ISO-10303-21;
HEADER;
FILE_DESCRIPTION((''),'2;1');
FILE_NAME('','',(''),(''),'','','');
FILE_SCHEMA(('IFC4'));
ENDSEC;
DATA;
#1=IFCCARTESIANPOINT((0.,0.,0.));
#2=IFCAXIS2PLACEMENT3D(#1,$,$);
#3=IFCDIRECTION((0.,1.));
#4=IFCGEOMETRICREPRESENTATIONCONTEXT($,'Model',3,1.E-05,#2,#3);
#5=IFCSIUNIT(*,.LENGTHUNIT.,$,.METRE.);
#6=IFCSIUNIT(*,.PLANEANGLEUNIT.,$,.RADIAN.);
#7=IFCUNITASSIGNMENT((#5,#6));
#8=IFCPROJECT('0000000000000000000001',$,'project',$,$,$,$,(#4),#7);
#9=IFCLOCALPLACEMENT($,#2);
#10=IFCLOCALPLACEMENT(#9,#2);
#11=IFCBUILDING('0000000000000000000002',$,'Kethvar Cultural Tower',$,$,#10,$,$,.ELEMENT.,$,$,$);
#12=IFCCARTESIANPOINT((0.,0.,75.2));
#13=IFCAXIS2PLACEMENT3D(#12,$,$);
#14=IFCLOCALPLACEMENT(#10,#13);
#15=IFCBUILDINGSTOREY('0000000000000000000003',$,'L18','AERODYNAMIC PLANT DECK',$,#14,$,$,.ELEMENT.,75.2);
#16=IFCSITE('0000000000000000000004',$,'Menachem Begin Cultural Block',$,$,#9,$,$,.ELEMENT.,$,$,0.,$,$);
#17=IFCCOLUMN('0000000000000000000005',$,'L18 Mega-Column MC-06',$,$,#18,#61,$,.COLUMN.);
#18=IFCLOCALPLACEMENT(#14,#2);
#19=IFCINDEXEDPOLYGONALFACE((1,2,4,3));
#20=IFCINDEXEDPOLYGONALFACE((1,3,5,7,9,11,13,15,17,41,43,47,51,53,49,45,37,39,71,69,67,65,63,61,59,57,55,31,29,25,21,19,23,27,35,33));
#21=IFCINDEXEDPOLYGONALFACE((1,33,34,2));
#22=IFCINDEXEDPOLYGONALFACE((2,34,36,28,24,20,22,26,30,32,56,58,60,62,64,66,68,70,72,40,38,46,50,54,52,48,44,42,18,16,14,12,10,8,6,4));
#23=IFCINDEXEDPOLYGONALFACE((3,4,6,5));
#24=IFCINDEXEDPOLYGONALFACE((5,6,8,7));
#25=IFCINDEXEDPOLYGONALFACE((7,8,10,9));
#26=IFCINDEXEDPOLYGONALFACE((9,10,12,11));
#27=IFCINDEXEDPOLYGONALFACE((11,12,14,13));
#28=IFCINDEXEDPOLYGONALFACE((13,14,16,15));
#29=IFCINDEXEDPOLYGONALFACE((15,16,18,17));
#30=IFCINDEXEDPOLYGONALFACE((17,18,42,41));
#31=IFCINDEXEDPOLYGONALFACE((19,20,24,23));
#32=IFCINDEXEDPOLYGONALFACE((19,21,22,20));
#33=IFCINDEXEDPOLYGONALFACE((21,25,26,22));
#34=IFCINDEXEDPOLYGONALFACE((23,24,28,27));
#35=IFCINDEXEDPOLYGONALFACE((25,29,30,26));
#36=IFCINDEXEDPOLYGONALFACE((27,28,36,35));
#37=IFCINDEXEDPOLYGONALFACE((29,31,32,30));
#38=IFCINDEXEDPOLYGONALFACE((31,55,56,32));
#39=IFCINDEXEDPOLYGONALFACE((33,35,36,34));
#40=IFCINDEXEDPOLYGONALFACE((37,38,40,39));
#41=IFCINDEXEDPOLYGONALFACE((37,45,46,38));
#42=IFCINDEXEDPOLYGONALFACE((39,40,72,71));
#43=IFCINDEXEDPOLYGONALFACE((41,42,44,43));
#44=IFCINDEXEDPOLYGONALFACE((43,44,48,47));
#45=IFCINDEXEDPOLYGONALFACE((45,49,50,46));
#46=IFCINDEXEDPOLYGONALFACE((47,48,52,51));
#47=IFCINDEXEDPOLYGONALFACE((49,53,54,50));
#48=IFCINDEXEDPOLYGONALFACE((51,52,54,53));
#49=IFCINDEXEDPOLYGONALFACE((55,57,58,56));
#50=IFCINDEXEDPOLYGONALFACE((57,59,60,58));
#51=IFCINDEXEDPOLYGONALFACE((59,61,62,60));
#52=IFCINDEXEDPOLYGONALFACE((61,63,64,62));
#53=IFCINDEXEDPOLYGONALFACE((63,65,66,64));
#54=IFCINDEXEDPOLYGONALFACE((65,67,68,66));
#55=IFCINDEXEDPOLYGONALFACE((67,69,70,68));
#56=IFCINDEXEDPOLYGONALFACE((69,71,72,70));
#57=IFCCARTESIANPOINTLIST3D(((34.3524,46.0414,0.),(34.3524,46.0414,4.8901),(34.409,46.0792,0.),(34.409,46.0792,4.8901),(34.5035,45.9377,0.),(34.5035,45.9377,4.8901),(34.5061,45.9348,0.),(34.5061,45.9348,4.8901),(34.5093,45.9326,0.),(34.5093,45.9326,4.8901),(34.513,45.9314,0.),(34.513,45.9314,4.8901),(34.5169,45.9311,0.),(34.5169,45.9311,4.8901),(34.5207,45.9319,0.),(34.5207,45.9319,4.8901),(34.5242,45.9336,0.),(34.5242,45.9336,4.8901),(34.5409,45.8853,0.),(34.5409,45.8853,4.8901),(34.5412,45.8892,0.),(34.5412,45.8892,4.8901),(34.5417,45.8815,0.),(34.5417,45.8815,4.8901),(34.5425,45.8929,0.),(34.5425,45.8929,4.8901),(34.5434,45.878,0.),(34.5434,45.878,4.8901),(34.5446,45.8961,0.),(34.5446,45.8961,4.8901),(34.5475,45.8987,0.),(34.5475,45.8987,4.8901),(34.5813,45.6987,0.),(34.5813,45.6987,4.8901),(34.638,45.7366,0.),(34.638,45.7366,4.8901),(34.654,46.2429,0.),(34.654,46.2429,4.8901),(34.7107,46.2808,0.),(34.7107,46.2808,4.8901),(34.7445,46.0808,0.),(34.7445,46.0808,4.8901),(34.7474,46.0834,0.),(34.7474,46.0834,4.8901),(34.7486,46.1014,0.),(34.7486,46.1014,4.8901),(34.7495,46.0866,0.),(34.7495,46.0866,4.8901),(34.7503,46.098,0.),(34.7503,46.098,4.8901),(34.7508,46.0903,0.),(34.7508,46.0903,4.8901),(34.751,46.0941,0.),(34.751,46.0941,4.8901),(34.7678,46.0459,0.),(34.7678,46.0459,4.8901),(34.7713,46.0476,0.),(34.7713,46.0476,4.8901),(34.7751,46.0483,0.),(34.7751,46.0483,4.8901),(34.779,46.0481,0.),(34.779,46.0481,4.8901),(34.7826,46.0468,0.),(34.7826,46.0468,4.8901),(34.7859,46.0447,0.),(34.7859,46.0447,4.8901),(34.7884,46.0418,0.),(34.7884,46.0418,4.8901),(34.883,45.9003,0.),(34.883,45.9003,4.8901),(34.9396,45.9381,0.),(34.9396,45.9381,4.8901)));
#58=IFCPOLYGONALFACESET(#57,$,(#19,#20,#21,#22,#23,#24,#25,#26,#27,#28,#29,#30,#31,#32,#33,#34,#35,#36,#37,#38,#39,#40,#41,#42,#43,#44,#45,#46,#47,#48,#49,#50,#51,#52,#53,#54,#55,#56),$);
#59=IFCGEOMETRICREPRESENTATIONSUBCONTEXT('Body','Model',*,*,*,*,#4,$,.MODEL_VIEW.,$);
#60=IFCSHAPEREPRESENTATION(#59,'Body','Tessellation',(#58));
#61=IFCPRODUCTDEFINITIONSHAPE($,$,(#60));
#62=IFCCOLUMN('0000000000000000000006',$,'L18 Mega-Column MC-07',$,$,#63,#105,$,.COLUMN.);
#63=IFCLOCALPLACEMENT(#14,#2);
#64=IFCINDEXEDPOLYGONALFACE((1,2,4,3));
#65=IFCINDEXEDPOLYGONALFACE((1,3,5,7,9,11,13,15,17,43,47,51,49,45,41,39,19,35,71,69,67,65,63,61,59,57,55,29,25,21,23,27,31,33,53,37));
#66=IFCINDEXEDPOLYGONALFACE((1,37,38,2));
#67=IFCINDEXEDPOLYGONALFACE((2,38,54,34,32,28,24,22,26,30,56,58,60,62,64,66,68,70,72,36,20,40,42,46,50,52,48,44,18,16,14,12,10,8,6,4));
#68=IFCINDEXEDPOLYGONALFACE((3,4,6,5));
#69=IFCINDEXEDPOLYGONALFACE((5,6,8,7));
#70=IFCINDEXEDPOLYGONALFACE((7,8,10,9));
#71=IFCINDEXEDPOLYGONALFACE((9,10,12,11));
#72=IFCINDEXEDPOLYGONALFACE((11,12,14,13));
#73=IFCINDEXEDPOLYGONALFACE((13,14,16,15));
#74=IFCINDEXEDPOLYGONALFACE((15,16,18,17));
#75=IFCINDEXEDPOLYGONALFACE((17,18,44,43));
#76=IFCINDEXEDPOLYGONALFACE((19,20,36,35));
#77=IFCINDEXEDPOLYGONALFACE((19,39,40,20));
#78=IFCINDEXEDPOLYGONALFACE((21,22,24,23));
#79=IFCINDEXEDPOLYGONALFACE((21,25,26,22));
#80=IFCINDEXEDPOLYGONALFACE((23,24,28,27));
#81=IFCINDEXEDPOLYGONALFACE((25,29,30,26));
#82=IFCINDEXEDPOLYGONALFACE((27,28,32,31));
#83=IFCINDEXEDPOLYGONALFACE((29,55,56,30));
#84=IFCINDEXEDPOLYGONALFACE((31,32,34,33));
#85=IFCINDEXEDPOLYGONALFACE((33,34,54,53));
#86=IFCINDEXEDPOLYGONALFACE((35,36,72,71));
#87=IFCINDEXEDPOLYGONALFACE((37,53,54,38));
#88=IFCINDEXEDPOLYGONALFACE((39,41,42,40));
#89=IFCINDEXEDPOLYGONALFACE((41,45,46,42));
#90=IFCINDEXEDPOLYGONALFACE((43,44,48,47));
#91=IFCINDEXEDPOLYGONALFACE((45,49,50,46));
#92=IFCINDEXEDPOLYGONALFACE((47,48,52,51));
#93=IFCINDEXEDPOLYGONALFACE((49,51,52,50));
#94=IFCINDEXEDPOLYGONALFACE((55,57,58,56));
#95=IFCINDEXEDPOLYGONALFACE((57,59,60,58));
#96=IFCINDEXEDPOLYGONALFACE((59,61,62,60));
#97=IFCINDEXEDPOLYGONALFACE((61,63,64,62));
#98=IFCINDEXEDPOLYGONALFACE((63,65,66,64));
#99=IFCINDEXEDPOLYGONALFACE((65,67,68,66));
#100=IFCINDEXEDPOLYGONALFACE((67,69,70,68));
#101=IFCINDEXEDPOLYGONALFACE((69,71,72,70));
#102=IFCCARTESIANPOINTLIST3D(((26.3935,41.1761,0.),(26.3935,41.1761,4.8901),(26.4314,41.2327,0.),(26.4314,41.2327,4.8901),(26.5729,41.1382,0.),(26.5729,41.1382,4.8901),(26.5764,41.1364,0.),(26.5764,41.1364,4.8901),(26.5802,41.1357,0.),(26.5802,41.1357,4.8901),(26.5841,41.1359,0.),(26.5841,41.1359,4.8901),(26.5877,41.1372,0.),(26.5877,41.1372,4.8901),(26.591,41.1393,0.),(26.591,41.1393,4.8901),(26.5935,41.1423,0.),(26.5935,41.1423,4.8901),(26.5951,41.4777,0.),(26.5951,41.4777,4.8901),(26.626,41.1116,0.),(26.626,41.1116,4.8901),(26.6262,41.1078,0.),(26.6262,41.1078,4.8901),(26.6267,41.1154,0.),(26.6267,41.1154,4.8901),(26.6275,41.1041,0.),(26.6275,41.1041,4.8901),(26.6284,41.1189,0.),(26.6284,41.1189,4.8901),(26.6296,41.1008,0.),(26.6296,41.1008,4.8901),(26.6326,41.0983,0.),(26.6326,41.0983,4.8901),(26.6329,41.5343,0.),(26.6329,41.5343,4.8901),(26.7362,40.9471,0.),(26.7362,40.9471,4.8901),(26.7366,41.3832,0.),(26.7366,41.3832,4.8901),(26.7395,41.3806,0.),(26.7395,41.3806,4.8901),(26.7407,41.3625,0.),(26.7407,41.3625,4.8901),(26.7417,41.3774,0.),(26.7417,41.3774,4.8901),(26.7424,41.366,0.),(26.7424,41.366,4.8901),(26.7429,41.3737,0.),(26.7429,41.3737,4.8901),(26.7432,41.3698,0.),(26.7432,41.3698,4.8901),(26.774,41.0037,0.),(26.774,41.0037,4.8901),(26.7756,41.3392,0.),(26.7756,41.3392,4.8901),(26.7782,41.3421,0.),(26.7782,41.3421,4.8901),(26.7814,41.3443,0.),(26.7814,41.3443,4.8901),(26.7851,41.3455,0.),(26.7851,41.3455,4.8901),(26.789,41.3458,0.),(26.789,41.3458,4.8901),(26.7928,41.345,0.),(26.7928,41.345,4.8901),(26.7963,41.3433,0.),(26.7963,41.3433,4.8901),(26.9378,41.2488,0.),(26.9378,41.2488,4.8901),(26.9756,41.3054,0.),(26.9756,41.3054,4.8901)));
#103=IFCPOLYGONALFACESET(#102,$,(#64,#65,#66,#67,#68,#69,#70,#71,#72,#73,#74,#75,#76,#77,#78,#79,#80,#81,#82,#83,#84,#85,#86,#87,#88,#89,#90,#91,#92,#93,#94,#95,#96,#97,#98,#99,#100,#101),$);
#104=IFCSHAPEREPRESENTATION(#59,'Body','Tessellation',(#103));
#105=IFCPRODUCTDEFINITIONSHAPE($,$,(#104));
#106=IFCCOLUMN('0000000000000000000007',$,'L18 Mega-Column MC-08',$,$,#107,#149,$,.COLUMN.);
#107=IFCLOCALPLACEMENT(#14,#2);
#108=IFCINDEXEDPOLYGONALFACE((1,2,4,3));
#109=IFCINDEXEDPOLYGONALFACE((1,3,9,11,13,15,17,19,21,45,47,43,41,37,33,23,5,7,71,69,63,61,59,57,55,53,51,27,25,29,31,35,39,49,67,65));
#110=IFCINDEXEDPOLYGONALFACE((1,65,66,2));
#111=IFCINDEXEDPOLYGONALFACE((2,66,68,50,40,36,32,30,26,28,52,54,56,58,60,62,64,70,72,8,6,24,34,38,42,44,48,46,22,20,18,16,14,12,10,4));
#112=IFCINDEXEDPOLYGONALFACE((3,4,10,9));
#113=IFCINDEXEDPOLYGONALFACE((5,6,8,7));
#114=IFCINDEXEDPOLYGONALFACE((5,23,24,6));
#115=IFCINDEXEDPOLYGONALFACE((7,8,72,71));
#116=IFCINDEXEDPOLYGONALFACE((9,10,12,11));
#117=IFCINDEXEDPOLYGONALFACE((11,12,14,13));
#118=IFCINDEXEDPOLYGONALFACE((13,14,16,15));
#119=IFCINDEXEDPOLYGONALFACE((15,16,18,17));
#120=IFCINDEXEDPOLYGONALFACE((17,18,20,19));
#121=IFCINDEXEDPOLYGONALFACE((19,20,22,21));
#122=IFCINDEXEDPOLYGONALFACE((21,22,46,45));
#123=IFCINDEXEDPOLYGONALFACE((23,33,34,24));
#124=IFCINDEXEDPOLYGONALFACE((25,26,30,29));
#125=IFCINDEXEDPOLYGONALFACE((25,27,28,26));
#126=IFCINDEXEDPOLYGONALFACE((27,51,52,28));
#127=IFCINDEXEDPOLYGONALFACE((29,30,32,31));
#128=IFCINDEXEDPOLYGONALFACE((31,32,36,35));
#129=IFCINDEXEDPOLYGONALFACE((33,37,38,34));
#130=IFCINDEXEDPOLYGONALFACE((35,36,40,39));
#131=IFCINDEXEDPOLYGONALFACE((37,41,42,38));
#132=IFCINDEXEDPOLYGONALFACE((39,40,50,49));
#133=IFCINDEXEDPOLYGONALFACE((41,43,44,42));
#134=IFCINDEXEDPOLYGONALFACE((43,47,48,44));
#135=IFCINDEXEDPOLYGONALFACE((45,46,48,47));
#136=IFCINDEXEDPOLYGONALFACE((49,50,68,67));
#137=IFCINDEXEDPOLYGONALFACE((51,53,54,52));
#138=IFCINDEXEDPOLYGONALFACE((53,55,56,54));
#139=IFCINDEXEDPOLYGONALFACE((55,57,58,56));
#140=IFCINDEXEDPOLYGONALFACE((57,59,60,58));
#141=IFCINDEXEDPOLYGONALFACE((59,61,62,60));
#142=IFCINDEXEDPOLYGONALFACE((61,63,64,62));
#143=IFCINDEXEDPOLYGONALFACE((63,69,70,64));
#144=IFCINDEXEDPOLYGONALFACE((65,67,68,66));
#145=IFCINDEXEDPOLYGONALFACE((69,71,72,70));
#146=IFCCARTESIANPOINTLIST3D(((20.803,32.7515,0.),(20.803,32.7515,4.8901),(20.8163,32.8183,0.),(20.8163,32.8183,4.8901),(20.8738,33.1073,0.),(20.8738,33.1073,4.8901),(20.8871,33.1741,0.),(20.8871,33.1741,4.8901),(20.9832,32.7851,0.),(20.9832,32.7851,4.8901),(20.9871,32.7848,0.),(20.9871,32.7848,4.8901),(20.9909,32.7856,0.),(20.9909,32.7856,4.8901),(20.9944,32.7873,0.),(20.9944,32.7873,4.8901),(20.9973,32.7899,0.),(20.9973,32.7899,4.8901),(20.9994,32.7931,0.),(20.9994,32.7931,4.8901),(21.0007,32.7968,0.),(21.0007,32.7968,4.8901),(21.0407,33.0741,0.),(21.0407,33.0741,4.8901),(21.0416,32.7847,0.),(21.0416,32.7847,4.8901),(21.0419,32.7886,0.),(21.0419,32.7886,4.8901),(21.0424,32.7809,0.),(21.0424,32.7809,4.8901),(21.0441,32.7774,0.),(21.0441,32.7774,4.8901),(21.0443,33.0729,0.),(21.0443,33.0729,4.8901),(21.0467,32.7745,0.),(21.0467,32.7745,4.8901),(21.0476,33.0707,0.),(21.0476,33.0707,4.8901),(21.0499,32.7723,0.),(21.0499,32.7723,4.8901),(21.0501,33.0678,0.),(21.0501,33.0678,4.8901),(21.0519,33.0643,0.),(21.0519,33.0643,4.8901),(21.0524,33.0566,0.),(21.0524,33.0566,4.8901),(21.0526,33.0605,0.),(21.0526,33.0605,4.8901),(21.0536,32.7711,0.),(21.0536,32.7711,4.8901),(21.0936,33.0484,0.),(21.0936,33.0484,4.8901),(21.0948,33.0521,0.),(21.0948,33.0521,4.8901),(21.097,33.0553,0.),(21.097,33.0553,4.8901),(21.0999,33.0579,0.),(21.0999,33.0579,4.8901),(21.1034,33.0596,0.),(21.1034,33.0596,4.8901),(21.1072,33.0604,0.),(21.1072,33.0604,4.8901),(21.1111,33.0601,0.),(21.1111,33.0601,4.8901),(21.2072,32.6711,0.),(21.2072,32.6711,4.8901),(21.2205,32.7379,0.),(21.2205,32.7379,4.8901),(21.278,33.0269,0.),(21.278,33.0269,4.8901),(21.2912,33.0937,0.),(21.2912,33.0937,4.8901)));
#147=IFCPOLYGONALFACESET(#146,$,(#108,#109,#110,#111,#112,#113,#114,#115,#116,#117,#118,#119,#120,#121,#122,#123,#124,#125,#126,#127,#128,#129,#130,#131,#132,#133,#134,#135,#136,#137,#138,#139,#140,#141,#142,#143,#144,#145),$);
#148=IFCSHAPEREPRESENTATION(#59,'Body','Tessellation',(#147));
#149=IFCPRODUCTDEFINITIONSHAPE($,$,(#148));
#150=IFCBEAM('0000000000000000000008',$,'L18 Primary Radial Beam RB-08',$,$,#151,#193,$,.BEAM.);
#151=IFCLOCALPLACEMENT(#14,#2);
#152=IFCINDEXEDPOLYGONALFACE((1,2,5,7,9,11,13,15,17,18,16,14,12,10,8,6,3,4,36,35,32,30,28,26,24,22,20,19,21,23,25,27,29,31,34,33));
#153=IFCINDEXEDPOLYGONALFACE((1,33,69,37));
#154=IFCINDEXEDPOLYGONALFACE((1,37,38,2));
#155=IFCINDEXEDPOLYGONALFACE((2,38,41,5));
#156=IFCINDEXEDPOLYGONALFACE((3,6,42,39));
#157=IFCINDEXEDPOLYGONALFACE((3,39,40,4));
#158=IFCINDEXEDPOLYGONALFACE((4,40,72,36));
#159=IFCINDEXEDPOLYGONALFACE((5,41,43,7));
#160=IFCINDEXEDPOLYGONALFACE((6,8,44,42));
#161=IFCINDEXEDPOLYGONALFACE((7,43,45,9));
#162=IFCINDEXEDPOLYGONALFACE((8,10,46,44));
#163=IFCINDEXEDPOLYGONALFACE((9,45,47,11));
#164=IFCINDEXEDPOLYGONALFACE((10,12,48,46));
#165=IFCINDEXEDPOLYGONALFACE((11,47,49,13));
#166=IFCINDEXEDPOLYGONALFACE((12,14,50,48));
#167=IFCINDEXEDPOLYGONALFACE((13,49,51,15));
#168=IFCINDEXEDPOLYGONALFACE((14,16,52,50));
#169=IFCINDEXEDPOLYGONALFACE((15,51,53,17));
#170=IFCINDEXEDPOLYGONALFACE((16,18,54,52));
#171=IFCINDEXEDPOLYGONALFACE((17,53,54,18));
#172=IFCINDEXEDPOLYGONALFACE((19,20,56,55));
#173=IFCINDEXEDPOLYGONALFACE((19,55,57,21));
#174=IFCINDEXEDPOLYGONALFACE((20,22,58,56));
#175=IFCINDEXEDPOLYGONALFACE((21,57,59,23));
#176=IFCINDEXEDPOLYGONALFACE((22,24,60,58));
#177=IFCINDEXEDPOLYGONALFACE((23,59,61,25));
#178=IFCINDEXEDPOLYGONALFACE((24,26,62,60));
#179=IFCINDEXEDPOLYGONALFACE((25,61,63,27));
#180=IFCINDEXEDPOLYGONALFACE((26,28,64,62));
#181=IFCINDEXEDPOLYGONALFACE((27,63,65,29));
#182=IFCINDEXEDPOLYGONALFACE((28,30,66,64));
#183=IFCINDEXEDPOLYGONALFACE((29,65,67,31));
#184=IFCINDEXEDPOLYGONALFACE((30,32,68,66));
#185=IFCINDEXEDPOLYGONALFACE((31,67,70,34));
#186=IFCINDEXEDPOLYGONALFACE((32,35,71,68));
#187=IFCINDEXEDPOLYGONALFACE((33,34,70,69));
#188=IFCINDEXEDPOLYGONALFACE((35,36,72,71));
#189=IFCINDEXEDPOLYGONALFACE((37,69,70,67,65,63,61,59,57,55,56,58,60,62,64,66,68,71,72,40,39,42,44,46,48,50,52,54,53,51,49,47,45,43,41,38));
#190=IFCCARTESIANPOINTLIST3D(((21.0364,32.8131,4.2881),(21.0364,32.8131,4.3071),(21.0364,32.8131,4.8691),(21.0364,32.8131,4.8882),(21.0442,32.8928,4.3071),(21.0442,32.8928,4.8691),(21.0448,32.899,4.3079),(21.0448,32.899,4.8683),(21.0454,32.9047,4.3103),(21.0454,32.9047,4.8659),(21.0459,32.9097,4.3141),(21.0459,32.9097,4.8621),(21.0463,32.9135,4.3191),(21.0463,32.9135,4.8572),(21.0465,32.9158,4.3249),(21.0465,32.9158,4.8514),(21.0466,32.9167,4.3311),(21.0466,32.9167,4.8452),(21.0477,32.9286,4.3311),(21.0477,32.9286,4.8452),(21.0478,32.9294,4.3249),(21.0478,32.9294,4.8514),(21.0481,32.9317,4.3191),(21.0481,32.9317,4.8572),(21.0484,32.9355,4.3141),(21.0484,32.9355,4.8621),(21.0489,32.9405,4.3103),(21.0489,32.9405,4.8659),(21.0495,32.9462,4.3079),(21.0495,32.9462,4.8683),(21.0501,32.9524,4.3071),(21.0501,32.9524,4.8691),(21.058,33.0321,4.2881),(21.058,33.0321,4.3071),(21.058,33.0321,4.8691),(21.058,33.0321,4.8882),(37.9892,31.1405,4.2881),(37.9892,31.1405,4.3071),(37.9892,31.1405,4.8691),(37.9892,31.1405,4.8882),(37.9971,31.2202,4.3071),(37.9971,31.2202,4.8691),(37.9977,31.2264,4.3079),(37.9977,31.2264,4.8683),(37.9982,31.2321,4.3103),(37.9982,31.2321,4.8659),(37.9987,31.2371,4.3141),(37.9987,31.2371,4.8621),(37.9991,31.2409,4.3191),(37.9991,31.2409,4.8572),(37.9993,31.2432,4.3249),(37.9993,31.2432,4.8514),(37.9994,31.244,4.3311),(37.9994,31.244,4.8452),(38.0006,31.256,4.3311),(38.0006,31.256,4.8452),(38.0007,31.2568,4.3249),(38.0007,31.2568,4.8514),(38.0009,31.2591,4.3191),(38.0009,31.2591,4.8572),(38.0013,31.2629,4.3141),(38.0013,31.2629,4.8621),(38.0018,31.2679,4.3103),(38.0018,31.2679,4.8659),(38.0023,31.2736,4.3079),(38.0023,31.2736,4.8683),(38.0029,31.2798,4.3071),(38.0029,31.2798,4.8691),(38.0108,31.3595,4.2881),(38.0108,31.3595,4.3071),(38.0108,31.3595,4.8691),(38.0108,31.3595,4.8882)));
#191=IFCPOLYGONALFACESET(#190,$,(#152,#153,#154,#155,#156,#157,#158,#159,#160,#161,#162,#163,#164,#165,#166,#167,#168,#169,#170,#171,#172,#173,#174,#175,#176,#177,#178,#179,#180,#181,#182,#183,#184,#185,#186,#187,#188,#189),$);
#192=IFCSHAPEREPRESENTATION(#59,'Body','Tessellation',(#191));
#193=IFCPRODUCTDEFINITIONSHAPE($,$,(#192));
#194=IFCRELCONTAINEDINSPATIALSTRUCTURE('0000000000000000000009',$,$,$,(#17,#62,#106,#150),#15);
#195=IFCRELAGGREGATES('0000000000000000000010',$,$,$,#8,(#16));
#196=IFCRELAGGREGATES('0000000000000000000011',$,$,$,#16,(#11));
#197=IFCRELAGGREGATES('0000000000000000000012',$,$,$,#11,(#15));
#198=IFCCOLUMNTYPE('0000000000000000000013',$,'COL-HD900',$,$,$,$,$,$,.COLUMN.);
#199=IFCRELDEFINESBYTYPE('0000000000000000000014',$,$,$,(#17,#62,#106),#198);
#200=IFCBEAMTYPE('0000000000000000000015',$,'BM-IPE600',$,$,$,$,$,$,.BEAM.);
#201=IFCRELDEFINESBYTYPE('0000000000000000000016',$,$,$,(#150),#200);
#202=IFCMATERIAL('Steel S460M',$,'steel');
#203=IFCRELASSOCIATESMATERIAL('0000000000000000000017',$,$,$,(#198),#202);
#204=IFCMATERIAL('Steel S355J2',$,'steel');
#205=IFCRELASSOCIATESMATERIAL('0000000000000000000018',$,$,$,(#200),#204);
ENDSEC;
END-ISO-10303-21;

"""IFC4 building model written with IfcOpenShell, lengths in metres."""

from ifc_helpers import new_model, si_unit, direction, frame, origin, origin_2d, place, context, subcontext, project, spatial, i_section, extrude, source, transform, mapped, material, material_profile, profile_set, type_object, element, save


model = new_model("IFC4")

# Units and contexts
model_context = context("Model", 3, precision=1e-05, world=origin(), true_north=direction((0.0, 1.0)))
body_context = subcontext(model_context, "Body", "Model", "MODEL_VIEW")
ifc_project = project(units=[si_unit("LENGTHUNIT", "METRE"), si_unit("PLANEANGLEUNIT", "RADIAN")], contexts=[model_context])

# Site, building, storey
site_placement = place(None, origin())
site = spatial("IfcSite", under=ifc_project, at=site_placement, Name="Menachem Begin Cultural Block", CompositionType="ELEMENT", RefElevation=0.0)
building_placement = place(site_placement, origin())
building = spatial("IfcBuilding", under=site, at=building_placement, Name="Kethvar Cultural Tower", CompositionType="ELEMENT")
storey_placement = place(building_placement, frame((0.0, 0.0, 75.2)))
storey = spatial("IfcBuildingStorey", under=building, at=storey_placement, Name="L18", Description="AERODYNAMIC PLANT DECK", CompositionType="ELEMENT", Elevation=75.2)

# Columns
ifc_material_1 = material(Name="Steel S460M", Category="steel")
ifc_material_profile_1 = material_profile(ifc_material_1, i_section(OverallWidth=0.4121, OverallDepth=0.4309, WebThickness=0.042, FlangeThickness=0.0681, FilletRadius=0.0149, at=origin_2d()), Name="Steel S460M — HD400x900")
ifc_profile_set_1 = profile_set([ifc_material_profile_1], Name="Steel S460M — HD400x900")
column_type = type_object("IfcColumnType", Name="COL-HD900", PredefinedType="COLUMN", material=ifc_profile_set_1)
shared_shape_1 = source(origin(), body_context, "Body", "SweptSolid", [
    extrude(i_section(OverallWidth=0.4121, OverallDepth=0.4309, WebThickness=0.042, FlangeThickness=0.0681, FilletRadius=0.0149, at=origin_2d()), origin(), (0.0, 0.0, 1.0), 4.8901),
])
for number, where, z_axis, x_axis, name in (
    (1, (34.646, 45.9897, 0.0), (0.0, 0.0, 1.0), (-0.55557, 0.83147, 0.0), "L18 Mega-Column MC-06"),
    (2, (26.6846, 41.2407, 0.0), (0.0, 0.0, 1.0), (-0.83147, 0.55557, 0.0), "L18 Mega-Column MC-07"),
    (3, (21.0471, 32.9226, 0.0), (0.0, 0.0, 1.0), (-0.980785, 0.19509, 0.0), "L18 Mega-Column MC-08"),
):
    element("IfcColumn", number, at=place(storey_placement, frame(where, z_axis=z_axis, x_axis=x_axis)), inside=storey, type_object=column_type, Name=name, PredefinedType="COLUMN", context=body_context, shape_type="MappedRepresentation", body=[
        mapped(shared_shape_1, transform((0.0, 0.0, 0.0), scale=1.0)),
    ])

# Beam
ifc_material_2 = material(Name="Steel S355J2", Category="steel")
ifc_material_profile_2 = material_profile(ifc_material_2, i_section(OverallWidth=0.22, OverallDepth=0.6001, WebThickness=0.012, FlangeThickness=0.019, FilletRadius=0.0239, at=origin_2d()), Name="Steel S355J2 — IPE600")
ifc_profile_set_2 = profile_set([ifc_material_profile_2], Name="Steel S355J2 — IPE600")
beam_type_1 = type_object("IfcBeamType", Name="BM-IPE600", PredefinedType="BEAM", material=ifc_profile_set_2)
shared_shape_2 = source(origin(), body_context, "Body", "SweptSolid", [
    extrude(i_section(OverallWidth=0.22, OverallDepth=0.6001, WebThickness=0.012, FlangeThickness=0.019, FilletRadius=0.0239, at=origin_2d()), origin(), (0.0, 0.0, 1.0), 17.0352),
])
beam_1_placement = place(storey_placement, frame((38.0, 31.25, 4.5881), z_axis=(-0.995168, 0.098185, 0.0), x_axis=(-0.098185, -0.995168, 0.0)))
element("IfcBeam", 4, at=beam_1_placement, inside=storey, type_object=beam_type_1, Name="L18 Primary Radial Beam RB-08", PredefinedType="BEAM", context=body_context, shape_type="MappedRepresentation", body=[
    mapped(shared_shape_2, transform((0.0, 0.0, 0.0), scale=1.0)),
])

save(model, "model.ifc")
